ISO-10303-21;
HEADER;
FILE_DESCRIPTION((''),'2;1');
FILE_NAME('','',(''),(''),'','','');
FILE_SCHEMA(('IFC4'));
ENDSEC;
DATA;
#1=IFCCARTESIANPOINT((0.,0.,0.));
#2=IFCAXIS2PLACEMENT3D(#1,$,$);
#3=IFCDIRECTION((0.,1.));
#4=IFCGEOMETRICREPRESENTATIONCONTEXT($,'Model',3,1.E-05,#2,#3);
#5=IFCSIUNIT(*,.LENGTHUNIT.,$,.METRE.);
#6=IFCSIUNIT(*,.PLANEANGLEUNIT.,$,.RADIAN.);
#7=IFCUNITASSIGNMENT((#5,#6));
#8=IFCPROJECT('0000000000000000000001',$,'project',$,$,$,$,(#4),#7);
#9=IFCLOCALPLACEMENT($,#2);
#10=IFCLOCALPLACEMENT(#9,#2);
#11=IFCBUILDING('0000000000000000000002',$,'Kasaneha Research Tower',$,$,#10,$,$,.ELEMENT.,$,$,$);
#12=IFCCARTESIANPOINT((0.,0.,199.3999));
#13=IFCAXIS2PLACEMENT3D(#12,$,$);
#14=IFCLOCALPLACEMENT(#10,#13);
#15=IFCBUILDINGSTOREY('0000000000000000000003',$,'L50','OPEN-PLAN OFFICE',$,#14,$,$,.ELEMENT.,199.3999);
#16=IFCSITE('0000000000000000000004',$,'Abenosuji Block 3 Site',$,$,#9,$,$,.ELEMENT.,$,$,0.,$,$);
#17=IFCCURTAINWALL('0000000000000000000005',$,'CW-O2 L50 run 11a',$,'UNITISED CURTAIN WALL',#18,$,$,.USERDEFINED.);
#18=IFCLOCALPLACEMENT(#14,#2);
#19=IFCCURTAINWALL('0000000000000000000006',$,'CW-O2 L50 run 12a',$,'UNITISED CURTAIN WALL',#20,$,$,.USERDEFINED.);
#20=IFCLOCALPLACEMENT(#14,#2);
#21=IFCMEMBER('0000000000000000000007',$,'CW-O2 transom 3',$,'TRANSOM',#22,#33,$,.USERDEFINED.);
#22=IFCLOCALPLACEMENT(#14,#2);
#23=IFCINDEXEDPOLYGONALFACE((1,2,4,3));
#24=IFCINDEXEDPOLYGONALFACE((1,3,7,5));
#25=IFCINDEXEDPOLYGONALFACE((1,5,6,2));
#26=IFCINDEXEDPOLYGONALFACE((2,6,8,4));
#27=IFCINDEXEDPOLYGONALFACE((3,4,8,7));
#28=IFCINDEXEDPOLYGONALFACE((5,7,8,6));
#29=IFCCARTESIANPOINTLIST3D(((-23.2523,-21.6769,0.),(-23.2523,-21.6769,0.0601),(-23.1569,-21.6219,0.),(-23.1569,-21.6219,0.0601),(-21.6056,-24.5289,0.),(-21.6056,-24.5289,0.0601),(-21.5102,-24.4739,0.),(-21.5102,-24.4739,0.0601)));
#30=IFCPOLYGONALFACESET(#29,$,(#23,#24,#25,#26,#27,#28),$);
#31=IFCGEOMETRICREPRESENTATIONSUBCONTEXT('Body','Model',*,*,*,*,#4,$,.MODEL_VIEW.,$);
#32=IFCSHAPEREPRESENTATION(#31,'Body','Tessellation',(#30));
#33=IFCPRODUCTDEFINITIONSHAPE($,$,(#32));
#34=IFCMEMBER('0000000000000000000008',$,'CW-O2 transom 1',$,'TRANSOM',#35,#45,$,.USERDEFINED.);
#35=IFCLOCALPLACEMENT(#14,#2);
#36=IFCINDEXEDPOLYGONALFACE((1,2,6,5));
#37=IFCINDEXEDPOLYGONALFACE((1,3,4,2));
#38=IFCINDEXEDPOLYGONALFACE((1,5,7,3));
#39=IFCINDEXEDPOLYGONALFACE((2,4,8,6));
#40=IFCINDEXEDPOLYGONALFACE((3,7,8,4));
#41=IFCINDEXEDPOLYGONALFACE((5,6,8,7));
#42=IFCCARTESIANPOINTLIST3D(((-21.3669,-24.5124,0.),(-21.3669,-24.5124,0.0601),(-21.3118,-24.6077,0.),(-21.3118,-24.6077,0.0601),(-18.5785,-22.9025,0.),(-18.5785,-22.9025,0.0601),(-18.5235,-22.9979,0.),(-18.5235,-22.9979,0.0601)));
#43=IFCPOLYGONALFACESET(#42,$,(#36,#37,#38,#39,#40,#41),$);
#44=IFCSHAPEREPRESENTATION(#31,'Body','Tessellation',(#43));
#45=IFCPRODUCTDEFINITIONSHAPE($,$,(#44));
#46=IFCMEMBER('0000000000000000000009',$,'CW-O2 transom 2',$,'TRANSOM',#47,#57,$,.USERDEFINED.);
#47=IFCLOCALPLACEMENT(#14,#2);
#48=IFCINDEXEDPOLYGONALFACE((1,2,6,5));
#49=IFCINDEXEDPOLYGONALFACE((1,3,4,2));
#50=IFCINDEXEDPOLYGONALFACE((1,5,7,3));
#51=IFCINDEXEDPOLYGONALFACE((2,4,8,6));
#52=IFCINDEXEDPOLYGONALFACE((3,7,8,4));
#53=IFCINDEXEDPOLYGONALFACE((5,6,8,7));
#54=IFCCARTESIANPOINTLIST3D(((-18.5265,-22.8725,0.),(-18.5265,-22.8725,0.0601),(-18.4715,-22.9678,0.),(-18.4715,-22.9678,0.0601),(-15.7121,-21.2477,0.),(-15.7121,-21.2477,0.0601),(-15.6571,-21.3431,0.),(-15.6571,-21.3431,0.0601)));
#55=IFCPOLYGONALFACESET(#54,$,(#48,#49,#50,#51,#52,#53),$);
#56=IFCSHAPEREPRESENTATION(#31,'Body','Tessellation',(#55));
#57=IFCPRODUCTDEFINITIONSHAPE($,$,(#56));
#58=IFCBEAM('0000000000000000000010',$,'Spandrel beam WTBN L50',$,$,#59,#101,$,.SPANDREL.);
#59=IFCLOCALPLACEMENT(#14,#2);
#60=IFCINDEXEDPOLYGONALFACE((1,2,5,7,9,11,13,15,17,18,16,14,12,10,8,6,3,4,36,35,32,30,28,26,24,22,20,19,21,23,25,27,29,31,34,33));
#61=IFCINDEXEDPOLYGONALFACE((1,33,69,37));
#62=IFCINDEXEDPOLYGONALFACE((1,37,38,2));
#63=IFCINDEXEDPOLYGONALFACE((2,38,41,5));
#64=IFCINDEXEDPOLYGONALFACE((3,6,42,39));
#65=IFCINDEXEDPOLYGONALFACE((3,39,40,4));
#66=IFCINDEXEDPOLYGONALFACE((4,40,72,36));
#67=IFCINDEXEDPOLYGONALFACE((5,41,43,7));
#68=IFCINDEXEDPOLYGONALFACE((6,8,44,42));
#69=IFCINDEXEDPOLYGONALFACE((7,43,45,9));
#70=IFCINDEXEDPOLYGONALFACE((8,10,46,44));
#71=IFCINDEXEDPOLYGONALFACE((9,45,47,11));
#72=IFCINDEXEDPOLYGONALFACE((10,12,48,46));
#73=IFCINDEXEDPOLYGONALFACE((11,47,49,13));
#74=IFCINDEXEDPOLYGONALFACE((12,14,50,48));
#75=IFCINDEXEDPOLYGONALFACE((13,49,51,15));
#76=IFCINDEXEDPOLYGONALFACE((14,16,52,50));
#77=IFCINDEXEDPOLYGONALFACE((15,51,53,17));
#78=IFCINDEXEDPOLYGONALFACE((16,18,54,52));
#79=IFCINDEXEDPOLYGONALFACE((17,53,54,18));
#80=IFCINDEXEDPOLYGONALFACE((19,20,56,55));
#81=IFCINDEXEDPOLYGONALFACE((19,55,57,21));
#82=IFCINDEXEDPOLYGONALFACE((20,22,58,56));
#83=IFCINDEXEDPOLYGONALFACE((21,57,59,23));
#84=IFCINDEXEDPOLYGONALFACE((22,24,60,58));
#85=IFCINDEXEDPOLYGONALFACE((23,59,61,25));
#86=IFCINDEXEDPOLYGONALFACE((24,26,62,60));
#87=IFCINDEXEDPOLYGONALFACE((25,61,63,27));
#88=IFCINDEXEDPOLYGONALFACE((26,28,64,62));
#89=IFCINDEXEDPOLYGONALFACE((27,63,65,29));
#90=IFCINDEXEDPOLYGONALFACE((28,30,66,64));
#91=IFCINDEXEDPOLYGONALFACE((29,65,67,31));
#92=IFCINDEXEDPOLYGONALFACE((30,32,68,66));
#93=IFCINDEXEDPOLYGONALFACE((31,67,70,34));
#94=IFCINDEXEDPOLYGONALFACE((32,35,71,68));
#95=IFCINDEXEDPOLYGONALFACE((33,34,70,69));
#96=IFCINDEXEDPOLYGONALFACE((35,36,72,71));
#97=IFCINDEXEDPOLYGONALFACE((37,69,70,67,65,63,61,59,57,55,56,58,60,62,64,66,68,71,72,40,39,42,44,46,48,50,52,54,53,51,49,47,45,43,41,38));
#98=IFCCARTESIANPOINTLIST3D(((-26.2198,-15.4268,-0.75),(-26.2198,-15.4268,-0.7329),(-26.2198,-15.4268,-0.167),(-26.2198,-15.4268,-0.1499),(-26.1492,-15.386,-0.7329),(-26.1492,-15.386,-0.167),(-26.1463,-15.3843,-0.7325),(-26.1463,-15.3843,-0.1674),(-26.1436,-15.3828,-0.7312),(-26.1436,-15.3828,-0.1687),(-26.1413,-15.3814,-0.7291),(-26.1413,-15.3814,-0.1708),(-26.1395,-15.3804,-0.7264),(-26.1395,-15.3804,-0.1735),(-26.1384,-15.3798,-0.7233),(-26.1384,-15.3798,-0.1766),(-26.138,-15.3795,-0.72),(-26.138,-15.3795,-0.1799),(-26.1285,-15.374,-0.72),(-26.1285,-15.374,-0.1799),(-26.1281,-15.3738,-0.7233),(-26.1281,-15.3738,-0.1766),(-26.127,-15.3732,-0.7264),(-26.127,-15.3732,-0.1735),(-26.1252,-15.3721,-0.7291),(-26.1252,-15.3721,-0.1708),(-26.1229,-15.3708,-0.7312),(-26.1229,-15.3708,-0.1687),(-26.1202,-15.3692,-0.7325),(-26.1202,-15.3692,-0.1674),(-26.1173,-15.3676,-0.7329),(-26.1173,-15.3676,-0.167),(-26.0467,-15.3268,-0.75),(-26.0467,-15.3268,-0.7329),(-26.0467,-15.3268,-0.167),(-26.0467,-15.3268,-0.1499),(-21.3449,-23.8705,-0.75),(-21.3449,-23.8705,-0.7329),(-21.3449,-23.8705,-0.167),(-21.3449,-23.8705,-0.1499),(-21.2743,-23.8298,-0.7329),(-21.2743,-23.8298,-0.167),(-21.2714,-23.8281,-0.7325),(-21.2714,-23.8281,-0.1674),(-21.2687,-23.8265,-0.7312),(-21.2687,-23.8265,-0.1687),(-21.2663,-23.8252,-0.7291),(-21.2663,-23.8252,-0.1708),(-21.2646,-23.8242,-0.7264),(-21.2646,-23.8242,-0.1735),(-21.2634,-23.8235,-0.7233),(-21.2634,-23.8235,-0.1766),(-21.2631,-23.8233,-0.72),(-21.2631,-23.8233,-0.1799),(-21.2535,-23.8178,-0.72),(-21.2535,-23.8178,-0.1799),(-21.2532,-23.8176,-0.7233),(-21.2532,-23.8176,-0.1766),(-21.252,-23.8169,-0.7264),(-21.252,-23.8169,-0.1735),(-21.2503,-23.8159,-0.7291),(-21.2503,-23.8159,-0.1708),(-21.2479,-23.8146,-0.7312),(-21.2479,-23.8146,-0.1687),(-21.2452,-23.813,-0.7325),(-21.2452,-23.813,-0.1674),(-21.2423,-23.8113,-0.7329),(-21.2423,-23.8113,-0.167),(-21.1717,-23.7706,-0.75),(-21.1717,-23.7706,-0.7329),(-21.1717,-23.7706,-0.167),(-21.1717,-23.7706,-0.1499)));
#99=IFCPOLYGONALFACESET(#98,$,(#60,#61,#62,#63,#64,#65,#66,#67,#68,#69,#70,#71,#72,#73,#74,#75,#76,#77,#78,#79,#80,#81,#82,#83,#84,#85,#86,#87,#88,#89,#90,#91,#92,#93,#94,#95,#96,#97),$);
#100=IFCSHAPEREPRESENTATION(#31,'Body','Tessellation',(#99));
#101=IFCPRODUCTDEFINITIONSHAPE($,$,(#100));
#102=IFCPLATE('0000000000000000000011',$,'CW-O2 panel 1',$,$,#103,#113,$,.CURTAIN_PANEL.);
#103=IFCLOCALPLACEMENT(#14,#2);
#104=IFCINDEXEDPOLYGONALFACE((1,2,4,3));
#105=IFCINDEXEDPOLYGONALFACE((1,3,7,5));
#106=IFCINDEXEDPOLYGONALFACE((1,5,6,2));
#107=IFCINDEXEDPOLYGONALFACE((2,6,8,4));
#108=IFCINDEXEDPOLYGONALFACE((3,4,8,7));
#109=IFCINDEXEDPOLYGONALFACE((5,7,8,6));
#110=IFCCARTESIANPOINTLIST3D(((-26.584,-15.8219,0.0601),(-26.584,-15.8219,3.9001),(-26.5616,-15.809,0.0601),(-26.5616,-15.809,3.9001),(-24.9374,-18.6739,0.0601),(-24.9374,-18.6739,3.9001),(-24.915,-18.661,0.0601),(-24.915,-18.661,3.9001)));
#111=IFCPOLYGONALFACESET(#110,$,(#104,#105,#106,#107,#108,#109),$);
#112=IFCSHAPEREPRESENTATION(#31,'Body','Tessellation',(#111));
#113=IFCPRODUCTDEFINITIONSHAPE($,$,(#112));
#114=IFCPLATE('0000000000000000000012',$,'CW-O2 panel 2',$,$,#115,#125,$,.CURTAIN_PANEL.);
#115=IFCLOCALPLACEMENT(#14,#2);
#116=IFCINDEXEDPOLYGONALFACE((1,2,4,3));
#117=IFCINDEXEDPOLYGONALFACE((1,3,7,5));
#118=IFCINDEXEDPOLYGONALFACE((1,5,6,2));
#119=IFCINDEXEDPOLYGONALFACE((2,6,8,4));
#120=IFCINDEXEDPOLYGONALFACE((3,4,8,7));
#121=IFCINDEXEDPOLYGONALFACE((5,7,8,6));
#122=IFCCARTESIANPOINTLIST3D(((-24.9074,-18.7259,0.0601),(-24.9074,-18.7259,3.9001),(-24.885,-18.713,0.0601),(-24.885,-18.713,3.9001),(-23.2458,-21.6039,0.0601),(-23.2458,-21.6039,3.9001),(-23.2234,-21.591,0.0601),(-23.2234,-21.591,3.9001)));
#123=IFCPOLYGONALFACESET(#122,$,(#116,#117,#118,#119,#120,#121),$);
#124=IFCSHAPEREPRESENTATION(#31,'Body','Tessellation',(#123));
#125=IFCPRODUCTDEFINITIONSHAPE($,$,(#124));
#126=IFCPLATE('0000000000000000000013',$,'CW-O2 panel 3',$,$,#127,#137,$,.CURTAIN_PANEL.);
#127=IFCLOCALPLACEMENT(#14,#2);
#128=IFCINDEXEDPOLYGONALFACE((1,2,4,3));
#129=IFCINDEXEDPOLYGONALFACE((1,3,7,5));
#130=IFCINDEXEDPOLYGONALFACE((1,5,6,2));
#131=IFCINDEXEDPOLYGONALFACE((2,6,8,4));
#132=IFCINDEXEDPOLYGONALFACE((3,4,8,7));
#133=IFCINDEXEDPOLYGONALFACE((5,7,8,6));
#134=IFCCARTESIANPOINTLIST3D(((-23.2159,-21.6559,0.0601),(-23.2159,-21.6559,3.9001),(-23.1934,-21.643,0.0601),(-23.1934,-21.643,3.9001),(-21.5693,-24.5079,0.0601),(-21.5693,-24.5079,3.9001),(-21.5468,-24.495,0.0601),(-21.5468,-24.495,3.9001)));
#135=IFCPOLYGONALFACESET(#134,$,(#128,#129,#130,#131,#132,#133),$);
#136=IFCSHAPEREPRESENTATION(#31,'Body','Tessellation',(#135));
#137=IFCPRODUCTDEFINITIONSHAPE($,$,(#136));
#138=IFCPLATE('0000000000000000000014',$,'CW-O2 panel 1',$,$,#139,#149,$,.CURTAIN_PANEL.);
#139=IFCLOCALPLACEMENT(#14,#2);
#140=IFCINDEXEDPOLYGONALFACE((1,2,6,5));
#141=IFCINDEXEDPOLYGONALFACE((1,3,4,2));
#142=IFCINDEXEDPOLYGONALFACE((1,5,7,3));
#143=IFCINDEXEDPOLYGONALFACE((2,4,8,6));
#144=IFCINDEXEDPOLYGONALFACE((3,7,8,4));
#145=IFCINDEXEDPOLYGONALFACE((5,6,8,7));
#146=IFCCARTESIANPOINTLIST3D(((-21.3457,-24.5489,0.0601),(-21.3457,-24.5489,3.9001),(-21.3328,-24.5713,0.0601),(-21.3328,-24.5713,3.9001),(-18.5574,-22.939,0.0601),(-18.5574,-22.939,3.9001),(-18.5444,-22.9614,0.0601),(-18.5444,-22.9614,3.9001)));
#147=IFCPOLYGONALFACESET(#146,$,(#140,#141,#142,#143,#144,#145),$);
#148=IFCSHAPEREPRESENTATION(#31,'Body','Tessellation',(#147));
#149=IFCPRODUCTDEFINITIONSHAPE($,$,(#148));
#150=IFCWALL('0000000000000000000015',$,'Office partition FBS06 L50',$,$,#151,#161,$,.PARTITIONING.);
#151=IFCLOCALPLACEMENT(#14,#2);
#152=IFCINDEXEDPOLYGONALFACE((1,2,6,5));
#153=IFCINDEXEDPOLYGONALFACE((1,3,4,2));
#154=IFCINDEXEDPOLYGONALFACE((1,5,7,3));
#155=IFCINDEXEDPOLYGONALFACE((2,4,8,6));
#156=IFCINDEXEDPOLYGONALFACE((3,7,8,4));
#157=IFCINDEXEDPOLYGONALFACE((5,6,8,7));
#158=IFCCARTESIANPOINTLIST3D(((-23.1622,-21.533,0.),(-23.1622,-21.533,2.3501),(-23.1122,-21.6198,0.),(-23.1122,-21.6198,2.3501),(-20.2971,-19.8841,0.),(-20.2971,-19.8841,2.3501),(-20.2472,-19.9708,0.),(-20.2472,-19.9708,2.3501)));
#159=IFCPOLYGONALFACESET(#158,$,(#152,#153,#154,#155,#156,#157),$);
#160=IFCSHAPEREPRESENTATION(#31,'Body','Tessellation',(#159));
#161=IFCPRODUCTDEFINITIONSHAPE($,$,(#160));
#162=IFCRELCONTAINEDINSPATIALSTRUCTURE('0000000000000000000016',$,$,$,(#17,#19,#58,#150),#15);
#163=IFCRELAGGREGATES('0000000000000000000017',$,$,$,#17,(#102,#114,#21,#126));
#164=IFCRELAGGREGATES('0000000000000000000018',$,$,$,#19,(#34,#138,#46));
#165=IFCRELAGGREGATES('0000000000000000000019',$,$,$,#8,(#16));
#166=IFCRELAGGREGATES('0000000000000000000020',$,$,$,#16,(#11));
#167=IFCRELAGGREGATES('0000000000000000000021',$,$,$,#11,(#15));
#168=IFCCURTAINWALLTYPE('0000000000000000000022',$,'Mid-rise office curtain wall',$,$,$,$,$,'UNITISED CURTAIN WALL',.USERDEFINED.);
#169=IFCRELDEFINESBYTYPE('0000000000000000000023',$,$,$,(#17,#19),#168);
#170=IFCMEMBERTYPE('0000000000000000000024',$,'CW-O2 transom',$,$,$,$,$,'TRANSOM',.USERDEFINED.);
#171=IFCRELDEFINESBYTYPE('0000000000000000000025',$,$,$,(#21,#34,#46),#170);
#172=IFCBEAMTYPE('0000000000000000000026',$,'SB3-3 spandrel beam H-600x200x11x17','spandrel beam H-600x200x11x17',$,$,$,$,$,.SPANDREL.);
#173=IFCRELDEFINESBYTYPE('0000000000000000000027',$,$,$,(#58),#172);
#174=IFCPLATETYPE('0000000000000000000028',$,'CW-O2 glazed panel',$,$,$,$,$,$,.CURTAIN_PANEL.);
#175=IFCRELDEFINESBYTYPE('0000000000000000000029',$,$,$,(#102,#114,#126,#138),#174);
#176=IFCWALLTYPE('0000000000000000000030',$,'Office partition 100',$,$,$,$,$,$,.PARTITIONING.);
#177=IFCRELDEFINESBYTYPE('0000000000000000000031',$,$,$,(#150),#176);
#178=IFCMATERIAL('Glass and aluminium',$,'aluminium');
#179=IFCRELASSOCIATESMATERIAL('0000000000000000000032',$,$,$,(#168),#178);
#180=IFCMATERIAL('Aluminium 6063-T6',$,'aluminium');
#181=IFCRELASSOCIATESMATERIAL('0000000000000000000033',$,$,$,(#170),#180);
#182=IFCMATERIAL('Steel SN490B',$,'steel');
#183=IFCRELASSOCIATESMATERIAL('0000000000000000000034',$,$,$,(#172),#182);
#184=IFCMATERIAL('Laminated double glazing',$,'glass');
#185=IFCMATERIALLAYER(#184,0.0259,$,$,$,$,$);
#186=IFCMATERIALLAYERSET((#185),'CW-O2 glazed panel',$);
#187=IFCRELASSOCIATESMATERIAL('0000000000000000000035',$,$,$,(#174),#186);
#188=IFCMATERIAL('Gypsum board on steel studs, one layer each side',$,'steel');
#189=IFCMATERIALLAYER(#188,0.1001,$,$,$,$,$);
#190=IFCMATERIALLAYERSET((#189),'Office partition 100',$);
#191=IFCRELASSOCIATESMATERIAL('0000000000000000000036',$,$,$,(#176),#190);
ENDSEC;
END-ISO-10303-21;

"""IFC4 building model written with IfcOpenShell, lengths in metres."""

from ifc_helpers import new_model, si_unit, direction, frame, frame_2d, origin, origin_2d, place, context, subcontext, project, spatial, rectangle, i_section, extrude, material, layer, layer_set, material_profile, profile_set, type_object, element, aggregate, save


model = new_model("IFC4")

# Units and contexts
model_context = context("Model", 3, precision=1e-05, world=origin(), true_north=direction((0.0, 1.0)))
body_context = subcontext(model_context, "Body", "Model", "MODEL_VIEW")
ifc_project = project(units=[si_unit("LENGTHUNIT", "METRE"), si_unit("PLANEANGLEUNIT", "RADIAN")], contexts=[model_context])

# Site, building, storey
site_placement = place(None, origin())
site = spatial("IfcSite", under=ifc_project, at=site_placement, Name="Abenosuji Block 3 Site", CompositionType="ELEMENT", RefElevation=0.0)
building_placement = place(site_placement, origin())
building = spatial("IfcBuilding", under=site, at=building_placement, Name="Kasaneha Research Tower", CompositionType="ELEMENT")
storey_placement = place(building_placement, frame((0.0, 0.0, 199.3999)))
storey = spatial("IfcBuildingStorey", under=building, at=storey_placement, Name="L50", Description="OPEN-PLAN OFFICE", CompositionType="ELEMENT", Elevation=199.3999)

# Shared definitions
ifc_material_1 = material(Name="Glass and aluminium", Category="aluminium")
curtain_wall_type = type_object("IfcCurtainWallType", Name="Mid-rise office curtain wall", ElementType="UNITISED CURTAIN WALL", PredefinedType="USERDEFINED", material=ifc_material_1)

# Curtain walls
curtain_wall_1_placement = place(storey_placement, origin())
curtain_wall_1 = element("IfcCurtainWall", 1, at=curtain_wall_1_placement, inside=storey, type_object=curtain_wall_type, Name="CW-O2 L50 run 11a", ObjectType="UNITISED CURTAIN WALL", PredefinedType="USERDEFINED")
curtain_wall_2_placement = place(storey_placement, origin())
curtain_wall_2 = element("IfcCurtainWall", 2, at=curtain_wall_2_placement, inside=storey, type_object=curtain_wall_type, Name="CW-O2 L50 run 12a", ObjectType="UNITISED CURTAIN WALL", PredefinedType="USERDEFINED")

# Members
ifc_material_2 = material(Name="Aluminium 6063-T6", Category="aluminium")
ifc_material_profile_1 = material_profile(ifc_material_2, rectangle(XDim=0.1101, YDim=0.0601, at=origin_2d()), Name="CW-O2 transom 110x60")
ifc_profile_set_1 = profile_set([ifc_material_profile_1], Name="Aluminium 6063-T6")
member_type_1 = type_object("IfcMemberType", Name="CW-O2 transom", ElementType="TRANSOM", PredefinedType="USERDEFINED", material=ifc_profile_set_1)
member_1_placement = place(storey_placement, frame((-23.2046, -21.6494, 0.03), z_axis=(0.500022, -0.866013, 0.0), x_axis=(0.866013, 0.500022, 0.0)))
member_1 = element("IfcMember", 3, at=member_1_placement, type_object=member_type_1, Name="CW-O2 transom 3", ObjectType="TRANSOM", PredefinedType="USERDEFINED", context=body_context, shape_type="SweptSolid", body=[
    extrude(rectangle(XDim=0.1101, YDim=0.0601, at=origin_2d()), origin(), (0.0, 0.0, 1.0), 3.2932),
])
member_2_placement = place(storey_placement, frame((-21.3394, -24.5601, 0.03), z_axis=(0.866023, 0.500005, 0.0), x_axis=(-0.500005, 0.866023, 0.0)))
member_2 = element("IfcMember", 4, at=member_2_placement, type_object=member_type_1, Name="CW-O2 transom 1", ObjectType="TRANSOM", PredefinedType="USERDEFINED", context=body_context, shape_type="SweptSolid", body=[
    extrude(rectangle(XDim=0.1101, YDim=0.0601, at=origin_2d()), origin(), (0.0, 0.0, 1.0), 3.2197),
])
member_3_placement = place(storey_placement, frame((-18.499, -22.9202, 0.03), z_axis=(0.866048, 0.499961, 0.0), x_axis=(-0.499961, 0.866048, 0.0)))
member_3 = element("IfcMember", 5, at=member_3_placement, type_object=member_type_1, Name="CW-O2 transom 2", ObjectType="TRANSOM", PredefinedType="USERDEFINED", context=body_context, shape_type="SweptSolid", body=[
    extrude(rectangle(XDim=0.1101, YDim=0.0601, at=origin_2d()), origin(), (0.0, 0.0, 1.0), 3.2498),
])

# Beam
ifc_material_3 = material(Name="Steel SN490B", Category="steel")
ifc_material_profile_2 = material_profile(ifc_material_3, i_section(OverallWidth=0.2, OverallDepth=0.6001, WebThickness=0.011, FlangeThickness=0.0171, FilletRadius=0.0129, at=origin_2d()), Name="H-600x200x11x17")
ifc_profile_set_2 = profile_set([ifc_material_profile_2], Name="Steel SN490B")
beam_type_1 = type_object("IfcBeamType", Name="SB3-3 spandrel beam H-600x200x11x17", Description="spandrel beam H-600x200x11x17", PredefinedType="SPANDREL", material=ifc_profile_set_2)
beam_1_placement = place(storey_placement, frame((-21.2583, -23.8206, -0.45), z_axis=(-0.499996, 0.866028, 0.0), x_axis=(-0.866028, -0.499996, 0.0)))
element("IfcBeam", 6, at=beam_1_placement, inside=storey, type_object=beam_type_1, Name="Spandrel beam WTBN L50", PredefinedType="SPANDREL", context=body_context, shape_type="SweptSolid", body=[
    extrude(i_section(OverallWidth=0.2, OverallDepth=0.6001, WebThickness=0.011, FlangeThickness=0.0171, FilletRadius=0.0129, at=origin_2d()), origin(), (0.0, 0.0, 1.0), 9.75),
])

# Plates
ifc_material_4 = material(Name="Laminated double glazing", Category="glass")
ifc_layer_1 = layer(ifc_material_4, 0.0259)
ifc_layer_set_1 = layer_set([ifc_layer_1], Name="CW-O2 glazed panel")
plate_type = type_object("IfcPlateType", Name="CW-O2 glazed panel", PredefinedType="CURTAIN_PANEL", material=ifc_layer_set_1)
plate_1_placement = place(storey_placement, frame((-25.7495, -17.2415, 0.0601), z_axis=(0.0, 0.0, 1.0), x_axis=(0.5, -0.866025, 0.0)))
plate_1 = element("IfcPlate", 7, at=plate_1_placement, type_object=plate_type, Name="CW-O2 panel 1", PredefinedType="CURTAIN_PANEL", context=body_context, shape_type="SweptSolid", body=[
    extrude(rectangle(XDim=3.2932, YDim=0.0259, at=origin_2d()), origin(), (0.0, 0.0, 1.0), 3.8401),
])
plate_2_placement = place(storey_placement, frame((-24.0654, -20.1584, 0.0601), z_axis=(0.0, 0.0, 1.0), x_axis=(0.5, -0.866025, 0.0)))
plate_2 = element("IfcPlate", 8, at=plate_2_placement, type_object=plate_type, Name="CW-O2 panel 2", PredefinedType="CURTAIN_PANEL", context=body_context, shape_type="SweptSolid", body=[
    extrude(rectangle(XDim=3.3232, YDim=0.0259, at=origin_2d()), origin(), (0.0, 0.0, 1.0), 3.8401),
])
plate_3_placement = place(storey_placement, frame((-22.3813, -23.0754, 0.0601), z_axis=(0.0, 0.0, 1.0), x_axis=(0.5, -0.866025, 0.0)))
plate_3 = element("IfcPlate", 9, at=plate_3_placement, type_object=plate_type, Name="CW-O2 panel 3", PredefinedType="CURTAIN_PANEL", context=body_context, shape_type="SweptSolid", body=[
    extrude(rectangle(XDim=3.2932, YDim=0.0259, at=origin_2d()), origin(), (0.0, 0.0, 1.0), 3.8401),
])
aggregate(curtain_wall_1, [plate_1, plate_2, member_1, plate_3])
plate_4_placement = place(storey_placement, frame((-19.9451, -23.7551, 0.0601), z_axis=(0.0, 0.0, 1.0), x_axis=(0.866025, 0.5, 0.0)))
plate_4 = element("IfcPlate", 10, at=plate_4_placement, type_object=plate_type, Name="CW-O2 panel 1", PredefinedType="CURTAIN_PANEL", context=body_context, shape_type="SweptSolid", body=[
    extrude(rectangle(XDim=3.2197, YDim=0.0259, at=origin_2d()), origin(), (0.0, 0.0, 1.0), 3.8401),
])
aggregate(curtain_wall_2, [member_2, plate_4, member_3])

# Wall
ifc_material_5 = material(Name="Gypsum board on steel studs, one layer each side", Category="steel")
ifc_layer_2 = layer(ifc_material_5, 0.1001)
ifc_layer_set_2 = layer_set([ifc_layer_2], Name="Office partition 100")
wall_type = type_object("IfcWallType", Name="Office partition 100", PredefinedType="PARTITIONING", material=ifc_layer_set_2)
wall_1_placement = place(storey_placement, frame((-23.1372, -21.5764, 0.0), z_axis=(0.0, 0.0, 1.0), x_axis=(0.866703, 0.498825, 0.0)))
element("IfcWall", 11, at=wall_1_placement, inside=storey, type_object=wall_type, Name="Office partition FBS06 L50", PredefinedType="PARTITIONING", context=body_context, shape_type="SweptSolid", body=[
    extrude(rectangle(XDim=3.3057, YDim=0.1001, at=frame_2d((1.6528, 0.0))), origin(), (0.0, 0.0, 1.0), 2.3501),
])

save(model, "model.ifc")
